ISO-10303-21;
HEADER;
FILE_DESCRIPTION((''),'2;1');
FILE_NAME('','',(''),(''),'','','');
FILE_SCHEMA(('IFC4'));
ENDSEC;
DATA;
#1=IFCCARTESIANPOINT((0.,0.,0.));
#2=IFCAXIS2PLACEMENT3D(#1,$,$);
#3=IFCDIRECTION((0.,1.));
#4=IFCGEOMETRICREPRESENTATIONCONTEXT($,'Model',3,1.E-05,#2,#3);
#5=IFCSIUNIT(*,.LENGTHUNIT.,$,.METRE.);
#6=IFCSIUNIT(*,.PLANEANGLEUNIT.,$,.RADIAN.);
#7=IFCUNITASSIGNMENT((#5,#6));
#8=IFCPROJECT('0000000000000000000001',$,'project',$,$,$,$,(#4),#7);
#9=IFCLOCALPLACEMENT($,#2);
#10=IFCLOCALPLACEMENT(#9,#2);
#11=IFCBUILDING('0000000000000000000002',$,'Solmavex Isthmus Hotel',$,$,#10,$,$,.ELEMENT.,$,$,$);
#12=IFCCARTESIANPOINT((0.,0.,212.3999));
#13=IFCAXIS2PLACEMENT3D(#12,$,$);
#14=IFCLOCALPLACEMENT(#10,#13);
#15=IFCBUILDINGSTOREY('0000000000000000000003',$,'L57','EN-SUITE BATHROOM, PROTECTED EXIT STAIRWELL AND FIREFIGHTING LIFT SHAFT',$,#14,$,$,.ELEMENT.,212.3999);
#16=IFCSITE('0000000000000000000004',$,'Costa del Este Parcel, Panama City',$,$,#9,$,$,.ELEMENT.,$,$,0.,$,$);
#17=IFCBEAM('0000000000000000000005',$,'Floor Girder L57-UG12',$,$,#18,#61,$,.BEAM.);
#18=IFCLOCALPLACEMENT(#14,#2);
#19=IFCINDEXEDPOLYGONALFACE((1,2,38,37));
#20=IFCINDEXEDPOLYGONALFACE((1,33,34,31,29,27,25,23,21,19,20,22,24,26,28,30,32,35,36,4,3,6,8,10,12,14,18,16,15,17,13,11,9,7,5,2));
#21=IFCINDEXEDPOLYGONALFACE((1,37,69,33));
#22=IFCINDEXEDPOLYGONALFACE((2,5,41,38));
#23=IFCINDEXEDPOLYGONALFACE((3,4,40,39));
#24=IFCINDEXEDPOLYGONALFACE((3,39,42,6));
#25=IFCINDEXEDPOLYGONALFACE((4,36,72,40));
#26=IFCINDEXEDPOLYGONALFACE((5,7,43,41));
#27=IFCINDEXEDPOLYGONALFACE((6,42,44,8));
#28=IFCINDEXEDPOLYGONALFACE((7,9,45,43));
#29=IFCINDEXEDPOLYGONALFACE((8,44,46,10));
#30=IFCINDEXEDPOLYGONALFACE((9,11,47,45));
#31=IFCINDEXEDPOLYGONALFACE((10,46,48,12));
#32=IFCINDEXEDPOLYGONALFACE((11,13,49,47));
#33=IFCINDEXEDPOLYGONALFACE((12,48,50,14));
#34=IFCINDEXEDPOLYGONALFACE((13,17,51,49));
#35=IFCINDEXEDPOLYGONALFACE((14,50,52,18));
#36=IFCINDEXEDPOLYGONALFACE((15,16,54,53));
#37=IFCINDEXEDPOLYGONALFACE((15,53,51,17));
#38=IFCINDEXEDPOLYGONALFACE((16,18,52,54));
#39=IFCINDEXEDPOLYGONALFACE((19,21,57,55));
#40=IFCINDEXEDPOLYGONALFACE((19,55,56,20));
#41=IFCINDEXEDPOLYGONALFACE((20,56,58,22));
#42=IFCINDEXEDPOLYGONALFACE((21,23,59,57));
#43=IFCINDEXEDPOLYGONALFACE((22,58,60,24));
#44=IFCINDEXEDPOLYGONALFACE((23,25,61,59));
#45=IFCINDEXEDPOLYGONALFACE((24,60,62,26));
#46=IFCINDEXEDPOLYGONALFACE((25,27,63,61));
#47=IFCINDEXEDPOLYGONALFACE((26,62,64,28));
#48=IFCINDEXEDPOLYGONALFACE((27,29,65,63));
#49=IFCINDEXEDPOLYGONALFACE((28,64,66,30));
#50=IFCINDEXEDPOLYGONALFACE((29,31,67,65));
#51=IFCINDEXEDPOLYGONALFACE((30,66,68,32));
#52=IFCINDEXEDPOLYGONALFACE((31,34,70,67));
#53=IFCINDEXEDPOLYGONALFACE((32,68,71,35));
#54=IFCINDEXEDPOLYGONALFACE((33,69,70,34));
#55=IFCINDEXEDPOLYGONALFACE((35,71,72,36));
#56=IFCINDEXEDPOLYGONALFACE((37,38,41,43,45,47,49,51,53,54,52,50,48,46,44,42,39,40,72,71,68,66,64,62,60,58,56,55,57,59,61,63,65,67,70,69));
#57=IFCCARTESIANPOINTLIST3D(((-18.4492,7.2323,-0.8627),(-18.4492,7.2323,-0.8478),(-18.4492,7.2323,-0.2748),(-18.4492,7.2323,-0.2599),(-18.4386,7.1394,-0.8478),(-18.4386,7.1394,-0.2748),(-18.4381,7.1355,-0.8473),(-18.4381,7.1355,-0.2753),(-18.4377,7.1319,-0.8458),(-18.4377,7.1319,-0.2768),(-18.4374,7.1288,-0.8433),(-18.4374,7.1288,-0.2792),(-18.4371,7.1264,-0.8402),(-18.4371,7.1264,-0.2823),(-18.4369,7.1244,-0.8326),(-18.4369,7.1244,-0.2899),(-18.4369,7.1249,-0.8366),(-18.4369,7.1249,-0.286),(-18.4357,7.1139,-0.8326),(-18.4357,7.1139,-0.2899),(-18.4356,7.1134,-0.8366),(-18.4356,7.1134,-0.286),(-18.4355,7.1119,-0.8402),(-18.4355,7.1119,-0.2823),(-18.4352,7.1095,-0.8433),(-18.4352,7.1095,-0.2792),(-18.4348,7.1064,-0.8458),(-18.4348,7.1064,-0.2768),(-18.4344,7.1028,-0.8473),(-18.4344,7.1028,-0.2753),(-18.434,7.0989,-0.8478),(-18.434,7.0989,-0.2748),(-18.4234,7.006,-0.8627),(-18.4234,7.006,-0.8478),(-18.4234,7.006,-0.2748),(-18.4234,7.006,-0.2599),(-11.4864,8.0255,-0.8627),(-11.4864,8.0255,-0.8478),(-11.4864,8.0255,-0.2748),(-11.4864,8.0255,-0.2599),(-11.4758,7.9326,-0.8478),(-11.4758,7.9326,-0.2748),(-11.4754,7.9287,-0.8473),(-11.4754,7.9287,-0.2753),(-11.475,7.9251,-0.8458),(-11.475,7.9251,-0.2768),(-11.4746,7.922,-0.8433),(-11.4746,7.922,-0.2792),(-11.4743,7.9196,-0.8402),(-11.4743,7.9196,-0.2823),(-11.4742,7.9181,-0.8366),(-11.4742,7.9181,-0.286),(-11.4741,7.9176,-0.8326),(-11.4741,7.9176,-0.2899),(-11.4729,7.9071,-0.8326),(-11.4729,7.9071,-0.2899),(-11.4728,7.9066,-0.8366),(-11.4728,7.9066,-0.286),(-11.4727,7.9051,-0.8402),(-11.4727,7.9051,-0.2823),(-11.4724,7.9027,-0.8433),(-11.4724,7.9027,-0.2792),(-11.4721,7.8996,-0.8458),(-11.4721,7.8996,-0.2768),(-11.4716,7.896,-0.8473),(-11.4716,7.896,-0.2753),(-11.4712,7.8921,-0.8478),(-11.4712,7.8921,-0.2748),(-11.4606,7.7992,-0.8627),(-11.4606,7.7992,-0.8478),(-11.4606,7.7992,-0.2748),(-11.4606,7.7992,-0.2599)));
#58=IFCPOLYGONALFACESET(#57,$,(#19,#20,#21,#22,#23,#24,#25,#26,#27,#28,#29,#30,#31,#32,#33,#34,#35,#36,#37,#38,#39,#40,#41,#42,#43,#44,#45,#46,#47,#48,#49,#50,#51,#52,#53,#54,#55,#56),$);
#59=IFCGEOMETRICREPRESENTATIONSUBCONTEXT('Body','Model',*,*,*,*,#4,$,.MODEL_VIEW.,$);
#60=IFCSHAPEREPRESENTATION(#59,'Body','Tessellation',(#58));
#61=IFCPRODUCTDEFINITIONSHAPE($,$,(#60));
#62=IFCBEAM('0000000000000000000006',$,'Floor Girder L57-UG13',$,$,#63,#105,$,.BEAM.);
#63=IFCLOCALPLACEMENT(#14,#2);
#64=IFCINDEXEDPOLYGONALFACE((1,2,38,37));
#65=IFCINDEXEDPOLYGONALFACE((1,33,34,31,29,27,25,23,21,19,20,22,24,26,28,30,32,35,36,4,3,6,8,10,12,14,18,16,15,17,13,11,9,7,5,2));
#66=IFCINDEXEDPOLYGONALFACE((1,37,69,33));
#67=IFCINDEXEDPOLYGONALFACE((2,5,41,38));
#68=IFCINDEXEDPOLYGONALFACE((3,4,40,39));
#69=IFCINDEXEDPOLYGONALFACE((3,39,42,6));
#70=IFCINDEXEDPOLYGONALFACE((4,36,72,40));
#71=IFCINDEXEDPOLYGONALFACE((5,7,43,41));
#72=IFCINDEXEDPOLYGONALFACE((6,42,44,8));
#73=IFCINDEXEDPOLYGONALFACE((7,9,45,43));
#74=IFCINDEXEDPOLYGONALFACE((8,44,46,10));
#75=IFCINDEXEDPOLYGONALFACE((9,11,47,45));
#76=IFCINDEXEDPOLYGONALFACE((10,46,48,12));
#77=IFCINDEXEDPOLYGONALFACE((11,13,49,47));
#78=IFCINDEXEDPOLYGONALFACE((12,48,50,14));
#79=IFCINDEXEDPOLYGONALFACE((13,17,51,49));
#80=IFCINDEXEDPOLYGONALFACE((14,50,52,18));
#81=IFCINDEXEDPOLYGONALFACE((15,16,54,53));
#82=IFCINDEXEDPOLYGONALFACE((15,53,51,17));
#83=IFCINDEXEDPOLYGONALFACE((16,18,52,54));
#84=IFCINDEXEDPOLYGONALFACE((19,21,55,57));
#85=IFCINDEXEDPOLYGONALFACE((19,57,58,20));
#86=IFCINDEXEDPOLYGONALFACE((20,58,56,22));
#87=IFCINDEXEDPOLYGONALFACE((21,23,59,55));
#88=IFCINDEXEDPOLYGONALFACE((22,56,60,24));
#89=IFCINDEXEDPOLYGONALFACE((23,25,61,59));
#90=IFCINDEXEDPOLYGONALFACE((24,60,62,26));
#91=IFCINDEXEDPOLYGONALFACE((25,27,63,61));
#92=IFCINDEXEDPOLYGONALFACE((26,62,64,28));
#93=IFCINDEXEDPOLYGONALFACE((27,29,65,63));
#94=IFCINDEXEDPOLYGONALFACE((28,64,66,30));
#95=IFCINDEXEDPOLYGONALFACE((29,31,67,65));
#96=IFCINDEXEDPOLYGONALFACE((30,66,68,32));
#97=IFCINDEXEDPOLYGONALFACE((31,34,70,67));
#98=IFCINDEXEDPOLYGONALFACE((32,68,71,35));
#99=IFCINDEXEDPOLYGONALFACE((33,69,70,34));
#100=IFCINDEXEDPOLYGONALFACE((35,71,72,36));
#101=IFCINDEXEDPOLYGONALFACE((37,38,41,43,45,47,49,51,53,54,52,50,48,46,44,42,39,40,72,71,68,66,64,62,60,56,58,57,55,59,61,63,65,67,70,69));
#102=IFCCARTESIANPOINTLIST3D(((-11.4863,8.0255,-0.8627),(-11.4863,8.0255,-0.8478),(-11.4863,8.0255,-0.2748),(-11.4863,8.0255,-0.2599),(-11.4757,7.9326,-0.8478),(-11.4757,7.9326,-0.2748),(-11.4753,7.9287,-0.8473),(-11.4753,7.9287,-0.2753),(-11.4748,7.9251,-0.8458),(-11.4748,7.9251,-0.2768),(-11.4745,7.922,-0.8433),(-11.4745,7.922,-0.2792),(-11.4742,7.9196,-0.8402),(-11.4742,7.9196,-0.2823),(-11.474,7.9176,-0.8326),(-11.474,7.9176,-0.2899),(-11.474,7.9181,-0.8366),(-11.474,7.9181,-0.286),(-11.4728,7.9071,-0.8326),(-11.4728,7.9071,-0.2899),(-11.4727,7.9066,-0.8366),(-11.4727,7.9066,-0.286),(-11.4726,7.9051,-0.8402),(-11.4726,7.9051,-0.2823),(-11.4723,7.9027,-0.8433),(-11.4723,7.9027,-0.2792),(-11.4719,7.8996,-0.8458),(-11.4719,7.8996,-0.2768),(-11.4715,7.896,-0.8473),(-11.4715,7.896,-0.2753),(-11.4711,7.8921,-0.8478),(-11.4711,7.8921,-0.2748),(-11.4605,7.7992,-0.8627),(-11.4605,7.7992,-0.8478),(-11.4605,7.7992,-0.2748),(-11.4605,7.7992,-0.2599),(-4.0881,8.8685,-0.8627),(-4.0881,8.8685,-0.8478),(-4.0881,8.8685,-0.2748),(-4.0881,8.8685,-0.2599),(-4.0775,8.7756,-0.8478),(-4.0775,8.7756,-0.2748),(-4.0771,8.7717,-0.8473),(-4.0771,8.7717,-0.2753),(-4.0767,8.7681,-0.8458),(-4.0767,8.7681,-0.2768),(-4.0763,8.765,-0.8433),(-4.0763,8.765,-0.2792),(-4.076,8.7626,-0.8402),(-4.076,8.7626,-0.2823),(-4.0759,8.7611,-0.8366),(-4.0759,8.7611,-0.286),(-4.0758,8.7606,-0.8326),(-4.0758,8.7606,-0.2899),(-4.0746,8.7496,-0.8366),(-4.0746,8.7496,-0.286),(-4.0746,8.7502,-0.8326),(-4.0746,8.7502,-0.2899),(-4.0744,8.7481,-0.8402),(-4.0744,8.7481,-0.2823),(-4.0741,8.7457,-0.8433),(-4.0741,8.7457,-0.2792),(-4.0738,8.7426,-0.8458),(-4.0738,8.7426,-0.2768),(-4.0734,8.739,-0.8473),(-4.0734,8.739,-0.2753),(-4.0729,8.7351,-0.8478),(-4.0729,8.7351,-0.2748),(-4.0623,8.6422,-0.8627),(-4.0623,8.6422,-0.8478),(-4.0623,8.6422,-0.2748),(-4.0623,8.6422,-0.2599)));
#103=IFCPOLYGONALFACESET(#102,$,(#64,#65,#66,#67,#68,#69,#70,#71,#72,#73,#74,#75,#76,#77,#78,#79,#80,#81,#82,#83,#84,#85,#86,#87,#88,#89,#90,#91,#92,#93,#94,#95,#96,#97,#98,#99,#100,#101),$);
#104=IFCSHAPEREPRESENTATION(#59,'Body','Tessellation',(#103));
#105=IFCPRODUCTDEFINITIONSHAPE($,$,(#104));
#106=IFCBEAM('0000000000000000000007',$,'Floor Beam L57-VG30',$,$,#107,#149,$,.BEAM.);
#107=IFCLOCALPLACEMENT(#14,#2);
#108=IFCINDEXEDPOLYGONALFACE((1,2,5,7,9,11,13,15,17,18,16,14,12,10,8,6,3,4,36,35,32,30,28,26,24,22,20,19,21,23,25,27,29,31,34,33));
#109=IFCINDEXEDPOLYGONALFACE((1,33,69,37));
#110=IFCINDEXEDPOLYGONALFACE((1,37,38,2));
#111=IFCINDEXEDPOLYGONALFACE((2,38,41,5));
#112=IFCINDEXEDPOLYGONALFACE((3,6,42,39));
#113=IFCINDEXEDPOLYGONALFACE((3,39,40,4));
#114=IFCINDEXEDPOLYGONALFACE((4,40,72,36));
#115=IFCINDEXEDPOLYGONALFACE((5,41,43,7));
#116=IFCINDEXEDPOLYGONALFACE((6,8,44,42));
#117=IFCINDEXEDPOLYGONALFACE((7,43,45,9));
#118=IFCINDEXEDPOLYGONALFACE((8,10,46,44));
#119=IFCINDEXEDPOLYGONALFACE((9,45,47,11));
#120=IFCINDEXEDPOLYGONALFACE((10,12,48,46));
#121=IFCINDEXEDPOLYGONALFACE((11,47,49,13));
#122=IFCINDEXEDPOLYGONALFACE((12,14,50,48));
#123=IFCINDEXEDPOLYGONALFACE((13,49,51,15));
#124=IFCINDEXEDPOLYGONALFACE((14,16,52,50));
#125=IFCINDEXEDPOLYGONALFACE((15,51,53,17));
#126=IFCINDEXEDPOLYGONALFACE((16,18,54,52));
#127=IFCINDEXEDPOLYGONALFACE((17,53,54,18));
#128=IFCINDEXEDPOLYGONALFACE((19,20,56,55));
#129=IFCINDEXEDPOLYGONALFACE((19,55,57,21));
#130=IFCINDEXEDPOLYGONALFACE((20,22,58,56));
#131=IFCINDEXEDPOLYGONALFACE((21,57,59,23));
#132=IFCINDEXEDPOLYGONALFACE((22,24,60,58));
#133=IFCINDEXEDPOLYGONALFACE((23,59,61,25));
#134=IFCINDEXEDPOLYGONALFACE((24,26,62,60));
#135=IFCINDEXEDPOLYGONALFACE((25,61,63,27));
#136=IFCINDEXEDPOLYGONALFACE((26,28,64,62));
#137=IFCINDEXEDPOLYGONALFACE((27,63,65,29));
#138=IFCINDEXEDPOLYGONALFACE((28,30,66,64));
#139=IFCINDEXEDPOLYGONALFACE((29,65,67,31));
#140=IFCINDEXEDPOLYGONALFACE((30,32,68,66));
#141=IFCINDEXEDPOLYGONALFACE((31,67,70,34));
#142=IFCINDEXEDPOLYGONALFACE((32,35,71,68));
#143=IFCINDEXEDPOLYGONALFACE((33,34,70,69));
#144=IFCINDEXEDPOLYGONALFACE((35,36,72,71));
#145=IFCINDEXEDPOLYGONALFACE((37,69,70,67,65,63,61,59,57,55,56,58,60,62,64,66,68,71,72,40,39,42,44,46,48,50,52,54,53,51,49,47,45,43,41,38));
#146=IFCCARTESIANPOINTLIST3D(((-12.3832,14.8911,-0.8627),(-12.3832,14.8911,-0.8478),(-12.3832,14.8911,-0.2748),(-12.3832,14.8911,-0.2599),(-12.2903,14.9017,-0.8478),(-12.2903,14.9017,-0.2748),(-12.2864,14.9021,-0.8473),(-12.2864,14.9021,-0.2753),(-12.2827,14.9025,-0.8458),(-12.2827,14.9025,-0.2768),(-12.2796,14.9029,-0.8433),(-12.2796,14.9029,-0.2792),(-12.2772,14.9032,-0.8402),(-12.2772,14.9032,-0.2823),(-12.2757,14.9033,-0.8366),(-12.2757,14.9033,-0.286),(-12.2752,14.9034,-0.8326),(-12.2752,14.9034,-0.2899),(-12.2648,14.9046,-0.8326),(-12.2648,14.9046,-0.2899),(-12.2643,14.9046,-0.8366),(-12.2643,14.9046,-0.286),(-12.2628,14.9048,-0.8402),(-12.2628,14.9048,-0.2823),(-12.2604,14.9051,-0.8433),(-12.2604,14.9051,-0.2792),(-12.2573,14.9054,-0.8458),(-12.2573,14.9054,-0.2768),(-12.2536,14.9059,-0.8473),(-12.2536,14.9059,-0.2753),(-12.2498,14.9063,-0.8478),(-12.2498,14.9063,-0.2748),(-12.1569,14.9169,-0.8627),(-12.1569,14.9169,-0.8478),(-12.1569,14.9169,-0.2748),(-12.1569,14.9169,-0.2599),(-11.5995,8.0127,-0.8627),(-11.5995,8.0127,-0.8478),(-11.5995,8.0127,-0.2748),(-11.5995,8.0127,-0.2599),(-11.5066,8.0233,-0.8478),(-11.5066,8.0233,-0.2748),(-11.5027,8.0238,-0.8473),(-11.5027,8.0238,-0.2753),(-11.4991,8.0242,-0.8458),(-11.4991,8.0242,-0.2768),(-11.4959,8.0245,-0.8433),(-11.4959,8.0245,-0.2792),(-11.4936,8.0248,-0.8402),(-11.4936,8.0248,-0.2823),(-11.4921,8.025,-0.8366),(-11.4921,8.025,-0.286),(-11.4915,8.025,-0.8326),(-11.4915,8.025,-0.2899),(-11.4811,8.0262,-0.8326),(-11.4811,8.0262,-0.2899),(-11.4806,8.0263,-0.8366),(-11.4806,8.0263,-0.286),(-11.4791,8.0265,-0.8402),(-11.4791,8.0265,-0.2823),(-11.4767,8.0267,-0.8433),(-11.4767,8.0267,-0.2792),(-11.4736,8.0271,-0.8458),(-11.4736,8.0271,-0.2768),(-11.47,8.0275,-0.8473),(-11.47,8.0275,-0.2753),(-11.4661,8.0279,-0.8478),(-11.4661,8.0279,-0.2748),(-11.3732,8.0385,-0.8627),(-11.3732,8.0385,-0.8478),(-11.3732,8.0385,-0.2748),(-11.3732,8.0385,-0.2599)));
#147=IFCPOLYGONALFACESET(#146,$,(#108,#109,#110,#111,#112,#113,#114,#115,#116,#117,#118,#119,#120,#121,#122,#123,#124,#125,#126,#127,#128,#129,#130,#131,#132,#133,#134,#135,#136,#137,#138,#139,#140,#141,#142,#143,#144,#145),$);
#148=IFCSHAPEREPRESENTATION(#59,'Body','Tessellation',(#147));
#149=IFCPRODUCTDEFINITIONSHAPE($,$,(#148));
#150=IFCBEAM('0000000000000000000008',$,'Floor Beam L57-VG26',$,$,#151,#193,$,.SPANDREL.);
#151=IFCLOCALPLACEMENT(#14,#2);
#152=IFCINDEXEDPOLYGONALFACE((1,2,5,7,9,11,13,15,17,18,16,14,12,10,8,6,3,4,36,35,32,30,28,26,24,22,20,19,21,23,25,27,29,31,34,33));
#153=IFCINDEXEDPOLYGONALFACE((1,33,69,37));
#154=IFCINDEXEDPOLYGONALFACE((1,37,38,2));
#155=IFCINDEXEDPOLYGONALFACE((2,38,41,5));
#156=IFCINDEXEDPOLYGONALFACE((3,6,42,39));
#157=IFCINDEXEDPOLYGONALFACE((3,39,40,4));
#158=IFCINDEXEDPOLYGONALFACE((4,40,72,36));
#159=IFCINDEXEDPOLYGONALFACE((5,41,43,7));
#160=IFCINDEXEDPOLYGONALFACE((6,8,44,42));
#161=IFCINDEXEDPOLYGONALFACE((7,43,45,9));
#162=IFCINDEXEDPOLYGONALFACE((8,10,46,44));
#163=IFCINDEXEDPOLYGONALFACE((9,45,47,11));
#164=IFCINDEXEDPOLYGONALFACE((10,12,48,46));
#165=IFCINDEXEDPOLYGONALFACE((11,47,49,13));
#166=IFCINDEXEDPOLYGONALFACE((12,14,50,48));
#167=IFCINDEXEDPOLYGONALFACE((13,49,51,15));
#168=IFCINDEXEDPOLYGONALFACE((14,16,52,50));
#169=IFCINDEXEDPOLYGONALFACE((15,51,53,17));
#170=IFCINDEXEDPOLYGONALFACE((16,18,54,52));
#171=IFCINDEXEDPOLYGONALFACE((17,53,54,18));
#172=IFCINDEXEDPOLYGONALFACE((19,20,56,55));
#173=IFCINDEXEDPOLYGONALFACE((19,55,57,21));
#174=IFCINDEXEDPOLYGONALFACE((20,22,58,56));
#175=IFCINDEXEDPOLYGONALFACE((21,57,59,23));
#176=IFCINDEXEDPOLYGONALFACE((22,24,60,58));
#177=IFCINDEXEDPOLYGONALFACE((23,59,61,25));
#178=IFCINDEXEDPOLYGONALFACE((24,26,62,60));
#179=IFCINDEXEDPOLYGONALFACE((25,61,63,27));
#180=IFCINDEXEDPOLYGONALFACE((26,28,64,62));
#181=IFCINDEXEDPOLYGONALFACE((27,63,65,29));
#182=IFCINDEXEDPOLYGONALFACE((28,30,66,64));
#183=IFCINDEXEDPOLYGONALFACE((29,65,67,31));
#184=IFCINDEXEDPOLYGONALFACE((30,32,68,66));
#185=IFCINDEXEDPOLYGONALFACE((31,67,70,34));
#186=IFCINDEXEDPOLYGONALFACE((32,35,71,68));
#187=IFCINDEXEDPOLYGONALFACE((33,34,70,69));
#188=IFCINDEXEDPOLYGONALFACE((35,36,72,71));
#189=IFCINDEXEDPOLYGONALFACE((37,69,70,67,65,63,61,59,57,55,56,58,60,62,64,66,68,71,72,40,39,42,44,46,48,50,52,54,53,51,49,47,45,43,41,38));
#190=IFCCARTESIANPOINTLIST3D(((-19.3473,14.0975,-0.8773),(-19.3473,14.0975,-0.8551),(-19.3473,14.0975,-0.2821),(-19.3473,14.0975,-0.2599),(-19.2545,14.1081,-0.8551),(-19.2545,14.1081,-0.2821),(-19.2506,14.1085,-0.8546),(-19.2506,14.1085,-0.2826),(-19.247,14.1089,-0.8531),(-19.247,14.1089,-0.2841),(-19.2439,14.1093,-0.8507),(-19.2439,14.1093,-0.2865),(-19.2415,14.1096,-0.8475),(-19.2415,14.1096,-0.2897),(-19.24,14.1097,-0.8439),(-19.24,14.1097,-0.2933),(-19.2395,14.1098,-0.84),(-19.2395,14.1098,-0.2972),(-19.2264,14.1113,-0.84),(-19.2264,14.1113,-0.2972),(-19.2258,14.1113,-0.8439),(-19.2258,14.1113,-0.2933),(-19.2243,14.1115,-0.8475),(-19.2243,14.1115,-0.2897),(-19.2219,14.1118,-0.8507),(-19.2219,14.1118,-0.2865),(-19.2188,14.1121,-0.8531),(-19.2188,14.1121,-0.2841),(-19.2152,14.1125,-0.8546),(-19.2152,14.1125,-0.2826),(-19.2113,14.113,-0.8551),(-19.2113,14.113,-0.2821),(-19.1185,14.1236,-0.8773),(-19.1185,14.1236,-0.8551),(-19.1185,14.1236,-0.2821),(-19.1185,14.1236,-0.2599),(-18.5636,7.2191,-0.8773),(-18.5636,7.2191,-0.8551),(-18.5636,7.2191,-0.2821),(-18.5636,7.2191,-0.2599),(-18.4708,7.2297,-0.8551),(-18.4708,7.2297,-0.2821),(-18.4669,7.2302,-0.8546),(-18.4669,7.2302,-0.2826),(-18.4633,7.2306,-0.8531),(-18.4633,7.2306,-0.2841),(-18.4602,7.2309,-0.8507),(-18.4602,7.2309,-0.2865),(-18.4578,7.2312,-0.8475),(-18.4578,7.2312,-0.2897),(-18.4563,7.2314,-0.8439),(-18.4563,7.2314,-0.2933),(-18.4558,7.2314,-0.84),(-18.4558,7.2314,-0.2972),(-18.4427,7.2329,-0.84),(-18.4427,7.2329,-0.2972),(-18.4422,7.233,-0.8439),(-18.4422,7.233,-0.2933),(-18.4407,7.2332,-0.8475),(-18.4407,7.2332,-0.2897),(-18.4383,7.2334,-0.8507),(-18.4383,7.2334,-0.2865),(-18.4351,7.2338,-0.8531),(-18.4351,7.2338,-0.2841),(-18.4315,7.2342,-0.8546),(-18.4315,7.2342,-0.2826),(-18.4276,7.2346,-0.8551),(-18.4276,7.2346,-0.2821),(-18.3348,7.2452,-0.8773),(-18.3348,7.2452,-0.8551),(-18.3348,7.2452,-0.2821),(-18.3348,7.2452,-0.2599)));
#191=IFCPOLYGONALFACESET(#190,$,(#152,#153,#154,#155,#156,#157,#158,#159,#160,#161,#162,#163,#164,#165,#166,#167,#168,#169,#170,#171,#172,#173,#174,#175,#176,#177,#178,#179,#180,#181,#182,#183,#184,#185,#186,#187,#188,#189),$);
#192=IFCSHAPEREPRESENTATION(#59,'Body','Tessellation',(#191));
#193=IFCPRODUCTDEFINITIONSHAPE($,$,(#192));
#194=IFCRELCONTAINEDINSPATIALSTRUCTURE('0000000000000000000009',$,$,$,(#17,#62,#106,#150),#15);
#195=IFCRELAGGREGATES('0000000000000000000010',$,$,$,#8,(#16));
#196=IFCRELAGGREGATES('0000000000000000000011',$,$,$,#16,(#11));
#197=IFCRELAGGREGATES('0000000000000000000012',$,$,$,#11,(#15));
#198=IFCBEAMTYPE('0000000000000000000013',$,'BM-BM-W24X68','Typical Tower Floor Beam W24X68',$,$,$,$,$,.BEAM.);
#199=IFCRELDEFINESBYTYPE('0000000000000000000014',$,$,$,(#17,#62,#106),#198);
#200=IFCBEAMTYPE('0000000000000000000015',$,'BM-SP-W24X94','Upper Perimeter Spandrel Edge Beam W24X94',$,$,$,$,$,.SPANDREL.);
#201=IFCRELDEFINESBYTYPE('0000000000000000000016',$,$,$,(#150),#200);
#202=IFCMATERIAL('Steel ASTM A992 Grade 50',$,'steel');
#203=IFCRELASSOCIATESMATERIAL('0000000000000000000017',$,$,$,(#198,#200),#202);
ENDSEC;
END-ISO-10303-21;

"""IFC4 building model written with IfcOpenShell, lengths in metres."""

from ifc_helpers import new_model, si_unit, direction, frame, origin, origin_2d, place, context, subcontext, project, spatial, i_section, extrude, material, material_profile, profile_set, type_object, element, save


model = new_model("IFC4")

# Units and contexts
model_context = context("Model", 3, precision=1e-05, world=origin(), true_north=direction((0.0, 1.0)))
body_context = subcontext(model_context, "Body", "Model", "MODEL_VIEW")
ifc_project = project(units=[si_unit("LENGTHUNIT", "METRE"), si_unit("PLANEANGLEUNIT", "RADIAN")], contexts=[model_context])

# Site, building, storey
site_placement = place(None, origin())
site = spatial("IfcSite", under=ifc_project, at=site_placement, Name="Costa del Este Parcel, Panama City", CompositionType="ELEMENT", RefElevation=0.0)
building_placement = place(site_placement, origin())
building = spatial("IfcBuilding", under=site, at=building_placement, Name="Solmavex Isthmus Hotel", CompositionType="ELEMENT")
storey_placement = place(building_placement, frame((0.0, 0.0, 212.3999)))
storey = spatial("IfcBuildingStorey", under=building, at=storey_placement, Name="L57", Description="EN-SUITE BATHROOM, PROTECTED EXIT STAIRWELL AND FIREFIGHTING LIFT SHAFT", CompositionType="ELEMENT", Elevation=212.3999)

# Beams
ifc_material_1 = material(Name="Steel ASTM A992 Grade 50", Category="steel")
ifc_material_profile_1 = material_profile(ifc_material_1, i_section(OverallWidth=0.2278, OverallDepth=0.6028, WebThickness=0.0105, FlangeThickness=0.0149, FilletRadius=0.0151, at=origin_2d()), Name="W24X68")
ifc_profile_set_1 = profile_set([ifc_material_profile_1], Name="Steel ASTM A992 Grade 50")
beam_type_1 = type_object("IfcBeamType", Name="BM-BM-W24X68", Description="Typical Tower Floor Beam W24X68", PredefinedType="BEAM", material=ifc_profile_set_1)
beam_1_placement = place(storey_placement, frame((-18.4363, 7.1191, -0.5613), z_axis=(0.993574, 0.113188, 0.0), x_axis=(-0.113188, 0.993574, 0.0)))
element("IfcBeam", 1, at=beam_1_placement, inside=storey, type_object=beam_type_1, Name="Floor Girder L57-UG12", PredefinedType="BEAM", context=body_context, shape_type="SweptSolid", body=[
    extrude(i_section(OverallWidth=0.2278, OverallDepth=0.6028, WebThickness=0.0105, FlangeThickness=0.0149, FilletRadius=0.0151, at=origin_2d()), origin(), (0.0, 0.0, 1.0), 7.0078),
])
beam_2_placement = place(storey_placement, frame((-11.4734, 7.9124, -0.5613), z_axis=(0.99357, 0.113216, 0.0), x_axis=(-0.113216, 0.99357, 0.0)))
element("IfcBeam", 2, at=beam_2_placement, inside=storey, type_object=beam_type_1, Name="Floor Girder L57-UG13", PredefinedType="BEAM", context=body_context, shape_type="SweptSolid", body=[
    extrude(i_section(OverallWidth=0.2278, OverallDepth=0.6028, WebThickness=0.0105, FlangeThickness=0.0149, FilletRadius=0.0151, at=origin_2d()), origin(), (0.0, 0.0, 1.0), 7.446),
])
beam_3_placement = place(storey_placement, frame((-11.4863, 8.0256, -0.5613), z_axis=(-0.113202, 0.993572, 0.0), x_axis=(-0.993572, -0.113202, 0.0)))
element("IfcBeam", 3, at=beam_3_placement, inside=storey, type_object=beam_type_1, Name="Floor Beam L57-VG30", PredefinedType="BEAM", context=body_context, shape_type="SweptSolid", body=[
    extrude(i_section(OverallWidth=0.2278, OverallDepth=0.6028, WebThickness=0.0105, FlangeThickness=0.0149, FilletRadius=0.0151, at=origin_2d()), origin(), (0.0, 0.0, 1.0), 6.9229),
])
ifc_material_profile_2 = material_profile(ifc_material_1, i_section(OverallWidth=0.2302, OverallDepth=0.6174, WebThickness=0.0132, FlangeThickness=0.0222, FilletRadius=0.0151, at=origin_2d()), Name="W24X94")
ifc_profile_set_2 = profile_set([ifc_material_profile_2], Name="Steel ASTM A992 Grade 50")
beam_type_2 = type_object("IfcBeamType", Name="BM-SP-W24X94", Description="Upper Perimeter Spandrel Edge Beam W24X94", PredefinedType="SPANDREL", material=ifc_profile_set_2)
beam_4_placement = place(storey_placement, frame((-18.4492, 7.2322, -0.5686), z_axis=(-0.113202, 0.993572, 0.0), x_axis=(-0.993572, -0.113202, 0.0)))
element("IfcBeam", 4, at=beam_4_placement, inside=storey, type_object=beam_type_2, Name="Floor Beam L57-VG26", PredefinedType="SPANDREL", context=body_context, shape_type="SweptSolid", body=[
    extrude(i_section(OverallWidth=0.2302, OverallDepth=0.6174, WebThickness=0.0132, FlangeThickness=0.0222, FilletRadius=0.0151, at=origin_2d()), origin(), (0.0, 0.0, 1.0), 6.9229),
])

save(model, "model.ifc")
